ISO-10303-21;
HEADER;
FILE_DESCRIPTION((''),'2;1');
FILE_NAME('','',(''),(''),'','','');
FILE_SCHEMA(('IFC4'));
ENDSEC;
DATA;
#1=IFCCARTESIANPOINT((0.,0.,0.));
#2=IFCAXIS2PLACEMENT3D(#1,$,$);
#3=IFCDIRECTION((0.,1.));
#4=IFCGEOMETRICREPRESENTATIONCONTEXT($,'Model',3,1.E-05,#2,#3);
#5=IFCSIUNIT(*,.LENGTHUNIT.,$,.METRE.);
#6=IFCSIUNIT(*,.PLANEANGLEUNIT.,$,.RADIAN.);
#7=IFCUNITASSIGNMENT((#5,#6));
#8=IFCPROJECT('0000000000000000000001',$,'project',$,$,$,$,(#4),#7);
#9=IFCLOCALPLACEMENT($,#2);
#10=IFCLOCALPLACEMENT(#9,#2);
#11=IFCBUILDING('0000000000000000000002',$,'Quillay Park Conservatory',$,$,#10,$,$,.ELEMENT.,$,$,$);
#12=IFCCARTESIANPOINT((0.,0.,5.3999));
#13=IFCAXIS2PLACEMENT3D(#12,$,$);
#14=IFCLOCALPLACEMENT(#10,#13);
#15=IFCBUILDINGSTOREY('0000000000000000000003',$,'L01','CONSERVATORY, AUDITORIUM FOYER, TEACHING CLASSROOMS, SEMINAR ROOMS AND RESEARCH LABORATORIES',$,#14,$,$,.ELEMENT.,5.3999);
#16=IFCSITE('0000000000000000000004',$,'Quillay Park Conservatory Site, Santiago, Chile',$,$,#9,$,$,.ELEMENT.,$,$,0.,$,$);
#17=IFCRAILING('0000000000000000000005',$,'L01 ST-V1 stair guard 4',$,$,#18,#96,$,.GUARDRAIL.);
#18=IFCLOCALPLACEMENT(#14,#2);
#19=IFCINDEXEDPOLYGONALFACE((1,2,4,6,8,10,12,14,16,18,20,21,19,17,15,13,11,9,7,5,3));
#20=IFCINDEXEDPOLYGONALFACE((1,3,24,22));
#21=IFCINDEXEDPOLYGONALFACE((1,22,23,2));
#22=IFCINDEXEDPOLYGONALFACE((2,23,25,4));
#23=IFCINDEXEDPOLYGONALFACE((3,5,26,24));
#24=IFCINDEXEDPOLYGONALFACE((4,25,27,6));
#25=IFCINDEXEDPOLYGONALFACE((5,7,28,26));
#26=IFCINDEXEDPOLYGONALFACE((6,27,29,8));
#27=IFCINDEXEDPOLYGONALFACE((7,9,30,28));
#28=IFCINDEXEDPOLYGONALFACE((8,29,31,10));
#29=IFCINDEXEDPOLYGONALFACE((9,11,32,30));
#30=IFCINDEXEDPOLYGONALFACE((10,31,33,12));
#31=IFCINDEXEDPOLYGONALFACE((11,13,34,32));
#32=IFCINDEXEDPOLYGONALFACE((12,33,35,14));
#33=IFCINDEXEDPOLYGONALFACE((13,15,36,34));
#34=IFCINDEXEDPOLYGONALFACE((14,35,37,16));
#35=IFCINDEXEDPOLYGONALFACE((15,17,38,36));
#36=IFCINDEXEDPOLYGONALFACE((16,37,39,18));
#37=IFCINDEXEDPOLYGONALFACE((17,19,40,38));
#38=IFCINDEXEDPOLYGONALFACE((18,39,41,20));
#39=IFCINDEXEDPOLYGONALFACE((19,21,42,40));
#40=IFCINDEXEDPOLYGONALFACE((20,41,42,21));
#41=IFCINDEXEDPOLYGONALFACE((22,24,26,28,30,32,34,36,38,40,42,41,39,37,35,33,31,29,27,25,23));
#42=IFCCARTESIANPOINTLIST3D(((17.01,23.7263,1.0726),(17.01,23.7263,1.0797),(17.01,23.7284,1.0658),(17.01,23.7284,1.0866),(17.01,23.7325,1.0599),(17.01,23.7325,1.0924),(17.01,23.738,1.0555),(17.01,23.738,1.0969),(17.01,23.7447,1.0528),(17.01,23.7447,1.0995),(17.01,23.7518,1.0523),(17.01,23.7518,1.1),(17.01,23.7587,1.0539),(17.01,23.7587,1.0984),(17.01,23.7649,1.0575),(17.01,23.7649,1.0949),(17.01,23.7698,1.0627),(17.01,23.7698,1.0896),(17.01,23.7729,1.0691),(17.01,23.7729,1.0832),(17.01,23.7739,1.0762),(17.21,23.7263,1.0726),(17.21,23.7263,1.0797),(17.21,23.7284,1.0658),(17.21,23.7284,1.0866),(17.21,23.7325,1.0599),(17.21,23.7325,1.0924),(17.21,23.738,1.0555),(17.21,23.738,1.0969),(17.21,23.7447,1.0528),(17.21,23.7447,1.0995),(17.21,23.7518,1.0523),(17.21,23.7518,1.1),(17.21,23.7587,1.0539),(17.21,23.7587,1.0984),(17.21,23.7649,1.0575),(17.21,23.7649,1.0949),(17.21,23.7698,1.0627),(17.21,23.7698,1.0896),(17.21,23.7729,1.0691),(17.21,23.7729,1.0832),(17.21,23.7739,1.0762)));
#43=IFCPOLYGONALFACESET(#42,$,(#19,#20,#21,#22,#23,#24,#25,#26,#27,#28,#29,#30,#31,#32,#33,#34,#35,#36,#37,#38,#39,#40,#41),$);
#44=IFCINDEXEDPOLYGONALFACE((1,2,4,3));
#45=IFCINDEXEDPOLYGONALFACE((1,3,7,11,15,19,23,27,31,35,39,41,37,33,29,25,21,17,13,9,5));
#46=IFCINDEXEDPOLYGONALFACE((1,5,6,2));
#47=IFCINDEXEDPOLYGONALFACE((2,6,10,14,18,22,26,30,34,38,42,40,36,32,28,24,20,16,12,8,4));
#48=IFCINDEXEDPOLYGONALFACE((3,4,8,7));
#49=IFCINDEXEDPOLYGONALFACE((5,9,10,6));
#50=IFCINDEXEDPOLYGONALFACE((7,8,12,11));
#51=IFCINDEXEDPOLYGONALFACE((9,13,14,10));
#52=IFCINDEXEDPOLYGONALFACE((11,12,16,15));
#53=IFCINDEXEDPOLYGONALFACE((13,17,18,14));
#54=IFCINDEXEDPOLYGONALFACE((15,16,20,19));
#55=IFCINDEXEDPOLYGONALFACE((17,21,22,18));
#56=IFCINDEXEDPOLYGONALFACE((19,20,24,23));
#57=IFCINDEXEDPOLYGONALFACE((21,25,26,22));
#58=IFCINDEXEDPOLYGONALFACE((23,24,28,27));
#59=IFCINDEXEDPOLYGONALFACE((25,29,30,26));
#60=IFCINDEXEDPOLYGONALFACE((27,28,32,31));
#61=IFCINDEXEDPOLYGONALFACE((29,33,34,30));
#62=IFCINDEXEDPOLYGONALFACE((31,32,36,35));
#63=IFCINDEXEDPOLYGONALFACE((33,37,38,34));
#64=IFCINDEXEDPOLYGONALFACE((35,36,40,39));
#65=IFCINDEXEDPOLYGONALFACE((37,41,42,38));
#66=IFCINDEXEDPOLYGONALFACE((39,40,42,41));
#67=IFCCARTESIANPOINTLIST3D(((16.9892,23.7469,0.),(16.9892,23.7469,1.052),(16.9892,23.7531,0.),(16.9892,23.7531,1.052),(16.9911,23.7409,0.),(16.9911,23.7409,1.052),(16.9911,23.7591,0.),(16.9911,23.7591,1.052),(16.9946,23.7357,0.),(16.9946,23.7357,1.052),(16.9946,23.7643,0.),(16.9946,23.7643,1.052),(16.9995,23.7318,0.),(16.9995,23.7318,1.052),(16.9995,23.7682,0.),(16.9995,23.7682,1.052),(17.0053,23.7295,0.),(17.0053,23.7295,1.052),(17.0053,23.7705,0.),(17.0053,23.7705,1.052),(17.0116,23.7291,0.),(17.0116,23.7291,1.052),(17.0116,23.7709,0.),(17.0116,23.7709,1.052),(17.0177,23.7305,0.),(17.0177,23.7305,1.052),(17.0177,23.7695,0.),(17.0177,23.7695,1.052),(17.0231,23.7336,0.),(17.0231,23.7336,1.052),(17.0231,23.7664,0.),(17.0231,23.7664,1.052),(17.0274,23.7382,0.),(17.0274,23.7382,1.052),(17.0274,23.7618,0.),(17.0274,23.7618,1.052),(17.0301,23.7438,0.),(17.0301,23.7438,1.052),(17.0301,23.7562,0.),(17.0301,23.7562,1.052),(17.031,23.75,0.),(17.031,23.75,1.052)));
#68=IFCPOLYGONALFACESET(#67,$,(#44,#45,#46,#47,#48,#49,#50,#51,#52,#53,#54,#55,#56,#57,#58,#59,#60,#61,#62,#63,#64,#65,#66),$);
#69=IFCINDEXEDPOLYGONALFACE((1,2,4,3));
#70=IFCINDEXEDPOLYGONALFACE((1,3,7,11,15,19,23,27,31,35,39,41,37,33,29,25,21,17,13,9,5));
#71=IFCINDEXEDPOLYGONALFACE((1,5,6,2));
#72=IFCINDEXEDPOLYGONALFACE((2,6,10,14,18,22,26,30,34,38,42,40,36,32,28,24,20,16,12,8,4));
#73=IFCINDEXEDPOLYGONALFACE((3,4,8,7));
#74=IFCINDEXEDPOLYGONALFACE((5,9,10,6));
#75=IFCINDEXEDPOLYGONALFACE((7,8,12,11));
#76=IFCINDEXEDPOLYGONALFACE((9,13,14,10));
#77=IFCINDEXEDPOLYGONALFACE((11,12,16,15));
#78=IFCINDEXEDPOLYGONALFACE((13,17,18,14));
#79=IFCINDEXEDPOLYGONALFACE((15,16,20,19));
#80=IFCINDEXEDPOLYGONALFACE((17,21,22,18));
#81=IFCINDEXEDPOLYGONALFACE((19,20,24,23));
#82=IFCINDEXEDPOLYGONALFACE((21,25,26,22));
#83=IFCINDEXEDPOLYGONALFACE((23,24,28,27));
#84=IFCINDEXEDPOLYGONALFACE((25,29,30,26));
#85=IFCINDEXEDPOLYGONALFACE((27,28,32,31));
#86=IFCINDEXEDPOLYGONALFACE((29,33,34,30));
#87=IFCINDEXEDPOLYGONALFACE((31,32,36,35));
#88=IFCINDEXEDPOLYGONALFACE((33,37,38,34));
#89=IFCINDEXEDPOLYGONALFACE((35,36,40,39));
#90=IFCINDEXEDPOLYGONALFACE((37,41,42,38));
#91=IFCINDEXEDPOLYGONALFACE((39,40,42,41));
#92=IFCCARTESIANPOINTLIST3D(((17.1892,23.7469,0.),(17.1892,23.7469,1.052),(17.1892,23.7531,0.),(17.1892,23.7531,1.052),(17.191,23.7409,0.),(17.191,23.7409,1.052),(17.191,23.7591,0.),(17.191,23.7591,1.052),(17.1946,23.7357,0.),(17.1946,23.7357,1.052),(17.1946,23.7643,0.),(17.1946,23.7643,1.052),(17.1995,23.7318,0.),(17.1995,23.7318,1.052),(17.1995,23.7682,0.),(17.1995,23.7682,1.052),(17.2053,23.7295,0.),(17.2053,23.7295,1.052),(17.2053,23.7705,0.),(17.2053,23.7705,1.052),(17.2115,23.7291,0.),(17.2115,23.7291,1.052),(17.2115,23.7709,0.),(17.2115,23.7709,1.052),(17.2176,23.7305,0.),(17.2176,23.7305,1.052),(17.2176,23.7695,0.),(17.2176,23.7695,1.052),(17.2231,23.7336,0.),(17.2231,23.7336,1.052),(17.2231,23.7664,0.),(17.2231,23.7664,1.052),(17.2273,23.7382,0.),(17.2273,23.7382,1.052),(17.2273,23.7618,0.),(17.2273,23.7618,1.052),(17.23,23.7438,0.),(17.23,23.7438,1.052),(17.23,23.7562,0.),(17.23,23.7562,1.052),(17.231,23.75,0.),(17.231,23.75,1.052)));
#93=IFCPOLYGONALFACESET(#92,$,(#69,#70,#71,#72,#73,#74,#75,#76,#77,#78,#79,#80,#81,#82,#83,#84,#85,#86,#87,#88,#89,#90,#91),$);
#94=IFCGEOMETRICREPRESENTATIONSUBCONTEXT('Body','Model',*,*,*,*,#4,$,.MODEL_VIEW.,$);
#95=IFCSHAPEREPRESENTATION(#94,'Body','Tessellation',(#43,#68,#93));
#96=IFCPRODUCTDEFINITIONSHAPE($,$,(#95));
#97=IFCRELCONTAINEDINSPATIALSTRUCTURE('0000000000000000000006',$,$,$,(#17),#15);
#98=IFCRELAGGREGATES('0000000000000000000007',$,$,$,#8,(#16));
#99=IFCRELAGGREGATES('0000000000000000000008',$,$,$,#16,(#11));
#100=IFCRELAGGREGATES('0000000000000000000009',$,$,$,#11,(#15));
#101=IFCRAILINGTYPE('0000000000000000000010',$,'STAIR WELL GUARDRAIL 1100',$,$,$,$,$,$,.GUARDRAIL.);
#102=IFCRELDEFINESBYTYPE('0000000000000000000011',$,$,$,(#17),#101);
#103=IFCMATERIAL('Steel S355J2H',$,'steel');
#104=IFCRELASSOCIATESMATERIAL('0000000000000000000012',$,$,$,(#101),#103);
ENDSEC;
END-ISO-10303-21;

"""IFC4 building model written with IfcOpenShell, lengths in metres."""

from ifc_helpers import new_model, si_unit, direction, frame, origin, origin_2d, place, context, subcontext, project, spatial, circle, extrude, material, type_object, element, save


model = new_model("IFC4")

# Units and contexts
model_context = context("Model", 3, precision=1e-05, world=origin(), true_north=direction((0.0, 1.0)))
body_context = subcontext(model_context, "Body", "Model", "MODEL_VIEW")
ifc_project = project(units=[si_unit("LENGTHUNIT", "METRE"), si_unit("PLANEANGLEUNIT", "RADIAN")], contexts=[model_context])

# Site, building, storey
site_placement = place(None, origin())
site = spatial("IfcSite", under=ifc_project, at=site_placement, Name="Quillay Park Conservatory Site, Santiago, Chile", CompositionType="ELEMENT", RefElevation=0.0)
building_placement = place(site_placement, origin())
building = spatial("IfcBuilding", under=site, at=building_placement, Name="Quillay Park Conservatory", CompositionType="ELEMENT")
storey_placement = place(building_placement, frame((0.0, 0.0, 5.3999)))
storey = spatial("IfcBuildingStorey", under=building, at=storey_placement, Name="L01", Description="CONSERVATORY, AUDITORIUM FOYER, TEACHING CLASSROOMS, SEMINAR ROOMS AND RESEARCH LABORATORIES", CompositionType="ELEMENT", Elevation=5.3999)

# Railing
ifc_material_1 = material(Name="Steel S355J2H", Category="steel")
railing_type_1 = type_object("IfcRailingType", Name="STAIR WELL GUARDRAIL 1100", PredefinedType="GUARDRAIL", material=ifc_material_1)
railing_1_placement = place(storey_placement, frame((17.01, 23.75, 0.0)))
element("IfcRailing", 1, at=railing_1_placement, inside=storey, type_object=railing_type_1, Name="L01 ST-V1 stair guard 4", PredefinedType="GUARDRAIL", context=body_context, shape_type="SweptSolid", body=[
    extrude(circle(Radius=0.0239, at=origin_2d()), frame((0.0, 0.0, 1.0762), z_axis=(1.0, 0.0, 0.0), x_axis=(0.0, 1.0, 0.0)), (0.0, 0.0, 1.0), 0.2),
    extrude(circle(Radius=0.021, at=origin_2d()), origin(), (0.0, 0.0, 1.0), 1.052),
    extrude(circle(Radius=0.021, at=origin_2d()), frame((0.2, 0.0, 0.0)), (0.0, 0.0, 1.0), 1.052),
])

save(model, "model.ifc")
